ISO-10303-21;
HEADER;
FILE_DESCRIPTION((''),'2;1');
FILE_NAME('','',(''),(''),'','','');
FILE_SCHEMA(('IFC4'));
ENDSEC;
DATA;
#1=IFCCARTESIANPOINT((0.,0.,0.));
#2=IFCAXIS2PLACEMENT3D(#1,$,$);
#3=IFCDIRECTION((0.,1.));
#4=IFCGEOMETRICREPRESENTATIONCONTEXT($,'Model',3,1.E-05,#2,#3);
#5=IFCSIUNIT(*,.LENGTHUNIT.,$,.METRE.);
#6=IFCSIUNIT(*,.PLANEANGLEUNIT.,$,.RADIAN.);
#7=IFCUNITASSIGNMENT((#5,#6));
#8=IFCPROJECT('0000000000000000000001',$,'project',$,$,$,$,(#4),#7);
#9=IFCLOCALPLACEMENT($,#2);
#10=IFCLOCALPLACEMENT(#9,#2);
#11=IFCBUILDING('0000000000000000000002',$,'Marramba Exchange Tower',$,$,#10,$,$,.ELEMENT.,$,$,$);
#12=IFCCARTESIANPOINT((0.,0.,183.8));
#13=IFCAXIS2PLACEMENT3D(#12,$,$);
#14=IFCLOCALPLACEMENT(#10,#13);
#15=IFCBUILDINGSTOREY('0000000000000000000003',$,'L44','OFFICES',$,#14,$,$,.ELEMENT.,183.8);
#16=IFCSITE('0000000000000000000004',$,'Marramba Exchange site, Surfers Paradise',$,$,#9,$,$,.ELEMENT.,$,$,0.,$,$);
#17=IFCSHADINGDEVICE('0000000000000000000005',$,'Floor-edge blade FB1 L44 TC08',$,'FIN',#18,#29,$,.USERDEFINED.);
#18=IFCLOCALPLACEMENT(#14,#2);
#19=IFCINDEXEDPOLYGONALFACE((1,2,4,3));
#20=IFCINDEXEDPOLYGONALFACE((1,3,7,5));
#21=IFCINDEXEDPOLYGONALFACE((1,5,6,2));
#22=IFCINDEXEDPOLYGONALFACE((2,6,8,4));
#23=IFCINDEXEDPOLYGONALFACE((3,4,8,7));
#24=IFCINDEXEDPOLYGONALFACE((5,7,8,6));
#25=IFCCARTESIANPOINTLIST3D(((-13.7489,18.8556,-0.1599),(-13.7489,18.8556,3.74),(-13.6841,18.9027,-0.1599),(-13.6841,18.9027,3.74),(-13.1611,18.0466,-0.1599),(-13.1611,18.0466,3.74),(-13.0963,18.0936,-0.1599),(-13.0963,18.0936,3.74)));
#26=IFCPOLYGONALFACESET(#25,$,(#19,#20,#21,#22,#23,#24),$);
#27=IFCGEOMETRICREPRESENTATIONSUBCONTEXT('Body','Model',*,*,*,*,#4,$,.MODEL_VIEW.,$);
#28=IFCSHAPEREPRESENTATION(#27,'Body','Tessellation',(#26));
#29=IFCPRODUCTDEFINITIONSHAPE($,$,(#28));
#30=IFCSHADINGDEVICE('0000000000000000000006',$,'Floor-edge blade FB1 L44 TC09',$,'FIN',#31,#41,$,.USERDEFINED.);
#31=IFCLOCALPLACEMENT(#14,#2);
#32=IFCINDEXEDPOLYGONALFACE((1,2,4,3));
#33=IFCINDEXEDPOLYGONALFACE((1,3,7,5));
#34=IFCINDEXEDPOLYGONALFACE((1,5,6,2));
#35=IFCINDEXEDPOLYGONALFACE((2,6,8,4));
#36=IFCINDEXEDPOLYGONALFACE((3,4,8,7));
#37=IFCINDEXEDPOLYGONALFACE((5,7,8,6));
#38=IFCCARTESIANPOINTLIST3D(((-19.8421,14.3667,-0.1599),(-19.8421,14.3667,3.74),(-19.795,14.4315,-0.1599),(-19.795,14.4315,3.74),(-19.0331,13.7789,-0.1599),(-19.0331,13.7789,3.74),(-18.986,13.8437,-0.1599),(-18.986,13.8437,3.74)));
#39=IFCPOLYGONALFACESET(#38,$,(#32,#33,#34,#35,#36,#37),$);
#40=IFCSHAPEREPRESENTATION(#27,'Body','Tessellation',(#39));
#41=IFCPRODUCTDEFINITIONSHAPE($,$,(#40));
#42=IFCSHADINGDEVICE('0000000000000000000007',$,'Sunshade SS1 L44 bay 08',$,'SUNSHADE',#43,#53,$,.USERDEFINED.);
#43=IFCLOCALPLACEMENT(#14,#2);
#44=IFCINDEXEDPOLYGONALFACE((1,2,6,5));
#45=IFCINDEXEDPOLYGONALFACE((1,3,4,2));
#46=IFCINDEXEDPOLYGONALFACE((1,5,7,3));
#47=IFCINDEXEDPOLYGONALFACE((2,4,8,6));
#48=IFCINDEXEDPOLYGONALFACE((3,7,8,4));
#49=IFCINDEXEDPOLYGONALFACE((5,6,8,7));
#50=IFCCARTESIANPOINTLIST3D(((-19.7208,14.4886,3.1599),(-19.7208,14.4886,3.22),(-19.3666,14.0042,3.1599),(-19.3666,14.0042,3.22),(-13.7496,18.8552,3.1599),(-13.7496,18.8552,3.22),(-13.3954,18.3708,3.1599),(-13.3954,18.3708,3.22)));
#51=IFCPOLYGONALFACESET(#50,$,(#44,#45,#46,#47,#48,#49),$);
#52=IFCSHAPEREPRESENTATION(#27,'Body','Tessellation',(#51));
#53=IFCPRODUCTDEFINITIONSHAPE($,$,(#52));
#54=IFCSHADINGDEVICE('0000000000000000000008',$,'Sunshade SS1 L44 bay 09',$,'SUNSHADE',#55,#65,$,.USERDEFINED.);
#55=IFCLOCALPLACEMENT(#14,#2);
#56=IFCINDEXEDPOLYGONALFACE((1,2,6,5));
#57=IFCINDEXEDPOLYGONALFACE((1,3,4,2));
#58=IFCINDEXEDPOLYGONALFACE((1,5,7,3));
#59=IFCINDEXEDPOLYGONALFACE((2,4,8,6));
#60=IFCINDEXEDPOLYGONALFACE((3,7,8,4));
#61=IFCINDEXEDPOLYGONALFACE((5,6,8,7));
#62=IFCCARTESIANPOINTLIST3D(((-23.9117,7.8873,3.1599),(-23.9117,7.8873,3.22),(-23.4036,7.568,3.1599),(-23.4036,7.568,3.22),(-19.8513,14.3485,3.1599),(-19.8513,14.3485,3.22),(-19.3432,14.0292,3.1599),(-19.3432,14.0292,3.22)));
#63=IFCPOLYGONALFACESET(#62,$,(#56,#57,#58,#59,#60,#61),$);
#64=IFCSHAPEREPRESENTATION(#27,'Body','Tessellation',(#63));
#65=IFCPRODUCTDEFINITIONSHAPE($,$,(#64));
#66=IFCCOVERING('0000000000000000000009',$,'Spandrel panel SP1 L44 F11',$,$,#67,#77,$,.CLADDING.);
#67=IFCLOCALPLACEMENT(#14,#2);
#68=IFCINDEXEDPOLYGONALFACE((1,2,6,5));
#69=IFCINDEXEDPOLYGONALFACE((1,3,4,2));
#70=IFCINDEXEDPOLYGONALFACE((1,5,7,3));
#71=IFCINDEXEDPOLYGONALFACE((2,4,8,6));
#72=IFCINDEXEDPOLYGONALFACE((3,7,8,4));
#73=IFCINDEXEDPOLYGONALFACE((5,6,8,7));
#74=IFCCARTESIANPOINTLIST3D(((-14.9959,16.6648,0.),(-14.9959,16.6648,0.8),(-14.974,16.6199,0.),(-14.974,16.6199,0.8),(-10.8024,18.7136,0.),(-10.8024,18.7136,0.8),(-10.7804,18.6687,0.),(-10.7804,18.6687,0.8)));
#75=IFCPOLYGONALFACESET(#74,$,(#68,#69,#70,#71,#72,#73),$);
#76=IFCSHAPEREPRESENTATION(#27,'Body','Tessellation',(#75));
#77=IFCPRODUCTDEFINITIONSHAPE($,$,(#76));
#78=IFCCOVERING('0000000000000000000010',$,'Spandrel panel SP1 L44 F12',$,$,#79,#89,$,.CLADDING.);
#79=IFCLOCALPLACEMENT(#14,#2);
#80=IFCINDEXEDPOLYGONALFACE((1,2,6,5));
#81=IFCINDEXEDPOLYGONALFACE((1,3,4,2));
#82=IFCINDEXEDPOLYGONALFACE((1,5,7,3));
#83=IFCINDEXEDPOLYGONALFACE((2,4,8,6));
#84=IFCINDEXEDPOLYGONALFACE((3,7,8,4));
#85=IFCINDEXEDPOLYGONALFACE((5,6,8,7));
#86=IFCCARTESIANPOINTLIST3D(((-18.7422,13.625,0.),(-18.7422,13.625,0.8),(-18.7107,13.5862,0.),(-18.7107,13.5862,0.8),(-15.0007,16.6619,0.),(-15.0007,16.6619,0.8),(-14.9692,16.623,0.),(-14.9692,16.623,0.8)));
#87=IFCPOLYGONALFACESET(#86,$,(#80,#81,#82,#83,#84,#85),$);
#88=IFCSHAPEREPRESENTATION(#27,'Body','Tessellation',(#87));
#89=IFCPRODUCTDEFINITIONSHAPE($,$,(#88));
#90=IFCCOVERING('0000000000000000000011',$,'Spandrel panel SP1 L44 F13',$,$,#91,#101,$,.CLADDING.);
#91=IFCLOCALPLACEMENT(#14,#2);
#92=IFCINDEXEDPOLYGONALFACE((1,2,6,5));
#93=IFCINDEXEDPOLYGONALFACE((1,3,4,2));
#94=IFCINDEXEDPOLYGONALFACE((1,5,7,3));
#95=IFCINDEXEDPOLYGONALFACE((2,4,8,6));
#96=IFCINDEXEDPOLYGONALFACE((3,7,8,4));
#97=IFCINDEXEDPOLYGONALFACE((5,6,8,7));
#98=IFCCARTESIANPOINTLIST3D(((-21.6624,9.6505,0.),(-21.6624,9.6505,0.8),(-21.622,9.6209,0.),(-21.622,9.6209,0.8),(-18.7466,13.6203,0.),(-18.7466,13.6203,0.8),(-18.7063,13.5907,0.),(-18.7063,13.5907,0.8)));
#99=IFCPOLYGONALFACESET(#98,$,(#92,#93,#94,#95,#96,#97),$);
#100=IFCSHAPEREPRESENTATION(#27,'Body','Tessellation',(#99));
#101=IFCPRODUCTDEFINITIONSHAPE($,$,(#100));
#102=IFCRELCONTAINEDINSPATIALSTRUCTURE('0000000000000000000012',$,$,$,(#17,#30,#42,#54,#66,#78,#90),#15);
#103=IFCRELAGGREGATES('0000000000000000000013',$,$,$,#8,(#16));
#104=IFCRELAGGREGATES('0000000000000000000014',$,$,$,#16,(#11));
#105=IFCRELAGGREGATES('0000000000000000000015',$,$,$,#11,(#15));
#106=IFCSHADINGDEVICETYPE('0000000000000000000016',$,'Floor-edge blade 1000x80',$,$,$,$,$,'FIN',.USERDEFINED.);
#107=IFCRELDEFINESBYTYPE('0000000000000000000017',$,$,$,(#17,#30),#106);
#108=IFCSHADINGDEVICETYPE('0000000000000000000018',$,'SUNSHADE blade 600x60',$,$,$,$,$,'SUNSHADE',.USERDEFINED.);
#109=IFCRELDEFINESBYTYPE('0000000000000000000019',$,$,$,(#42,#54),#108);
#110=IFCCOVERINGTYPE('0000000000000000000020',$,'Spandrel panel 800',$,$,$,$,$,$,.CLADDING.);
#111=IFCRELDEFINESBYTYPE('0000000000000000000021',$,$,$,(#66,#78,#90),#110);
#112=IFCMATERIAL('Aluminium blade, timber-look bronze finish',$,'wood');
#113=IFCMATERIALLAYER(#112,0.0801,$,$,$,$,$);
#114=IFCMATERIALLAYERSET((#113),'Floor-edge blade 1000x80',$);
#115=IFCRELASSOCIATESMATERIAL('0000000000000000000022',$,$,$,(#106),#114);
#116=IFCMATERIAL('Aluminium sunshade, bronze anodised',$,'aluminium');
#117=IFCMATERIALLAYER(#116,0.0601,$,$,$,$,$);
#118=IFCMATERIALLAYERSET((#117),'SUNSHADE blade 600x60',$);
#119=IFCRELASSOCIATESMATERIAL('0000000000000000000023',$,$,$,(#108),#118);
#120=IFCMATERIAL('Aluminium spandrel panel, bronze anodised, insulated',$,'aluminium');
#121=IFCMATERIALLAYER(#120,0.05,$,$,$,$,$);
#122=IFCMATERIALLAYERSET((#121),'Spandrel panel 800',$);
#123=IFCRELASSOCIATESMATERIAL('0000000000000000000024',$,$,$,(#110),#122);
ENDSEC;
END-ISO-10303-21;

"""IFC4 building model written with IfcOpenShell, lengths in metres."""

from ifc_helpers import new_model, si_unit, direction, frame, origin, origin_2d, place, context, subcontext, project, spatial, rectangle, extrude, material, layer, layer_set, type_object, element, save


model = new_model("IFC4")

# Units and contexts
model_context = context("Model", 3, precision=1e-05, world=origin(), true_north=direction((0.0, 1.0)))
body_context = subcontext(model_context, "Body", "Model", "MODEL_VIEW")
ifc_project = project(units=[si_unit("LENGTHUNIT", "METRE"), si_unit("PLANEANGLEUNIT", "RADIAN")], contexts=[model_context])

# Site, building, storey
site_placement = place(None, origin())
site = spatial("IfcSite", under=ifc_project, at=site_placement, Name="Marramba Exchange site, Surfers Paradise", CompositionType="ELEMENT", RefElevation=0.0)
building_placement = place(site_placement, origin())
building = spatial("IfcBuilding", under=site, at=building_placement, Name="Marramba Exchange Tower", CompositionType="ELEMENT")
storey_placement = place(building_placement, frame((0.0, 0.0, 183.8)))
storey = spatial("IfcBuildingStorey", under=building, at=storey_placement, Name="L44", Description="OFFICES", CompositionType="ELEMENT", Elevation=183.8)

# Shading devices
ifc_material_1 = material(Name="Aluminium blade, timber-look bronze finish", Category="wood")
ifc_layer_1 = layer(ifc_material_1, 0.0801)
ifc_layer_set_1 = layer_set([ifc_layer_1], Name="Floor-edge blade 1000x80")
shading_device_type_1 = type_object("IfcShadingDeviceType", Name="Floor-edge blade 1000x80", ElementType="FIN", PredefinedType="USERDEFINED", material=ifc_layer_set_1)
for number, where, z_axis, x_axis, name in (
    (1, (-13.4226, 18.4746, -0.1599), (0.0, 0.0, 1.0), (-0.587785, 0.809017, 0.0), "Floor-edge blade FB1 L44 TC08"),
    (2, (-19.4141, 14.1052, -0.1599), (0.0, 0.0, 1.0), (-0.809017, 0.587785, 0.0), "Floor-edge blade FB1 L44 TC09"),
):
    element("IfcShadingDevice", number, at=place(storey_placement, frame(where, z_axis=z_axis, x_axis=x_axis)), inside=storey, type_object=shading_device_type_1, Name=name, ObjectType="FIN", PredefinedType="USERDEFINED", context=body_context, shape_type="SweptSolid", body=[
        extrude(rectangle(XDim=1.0, YDim=0.0801, at=origin_2d()), origin(), (0.0, 0.0, 1.0), 3.8999),
    ])
ifc_material_2 = material(Name="Aluminium sunshade, bronze anodised", Category="aluminium")
ifc_layer_2 = layer(ifc_material_2, 0.0601)
ifc_layer_set_2 = layer_set([ifc_layer_2], Name="SUNSHADE blade 600x60")
shading_device_type_2 = type_object("IfcShadingDeviceType", Name="SUNSHADE blade 600x60", ElementType="SUNSHADE", PredefinedType="USERDEFINED", material=ifc_layer_set_2)
shading_device_1_placement = place(storey_placement, frame((-16.5581, 16.4297, 3.1599), z_axis=(0.0, 0.0, 1.0), x_axis=(-0.807194, -0.590286, 0.0)))
element("IfcShadingDevice", 3, at=shading_device_1_placement, inside=storey, type_object=shading_device_type_2, Name="Sunshade SS1 L44 bay 08", ObjectType="SUNSHADE", PredefinedType="USERDEFINED", context=body_context, shape_type="SweptSolid", body=[
    extrude(rectangle(XDim=7.3975, YDim=0.6001, at=origin_2d()), origin(), (0.0, 0.0, 1.0), 0.0601),
])
shading_device_2_placement = place(storey_placement, frame((-21.6274, 10.9583, 3.1599), z_axis=(0.0, 0.0, 1.0), x_axis=(-0.532082, -0.846693, 0.0)))
element("IfcShadingDevice", 4, at=shading_device_2_placement, inside=storey, type_object=shading_device_type_2, Name="Sunshade SS1 L44 bay 09", ObjectType="SUNSHADE", PredefinedType="USERDEFINED", context=body_context, shape_type="SweptSolid", body=[
    extrude(rectangle(XDim=7.6311, YDim=0.6001, at=origin_2d()), origin(), (0.0, 0.0, 1.0), 0.0601),
])

# Coverings
ifc_material_3 = material(Name="Aluminium spandrel panel, bronze anodised, insulated", Category="aluminium")
ifc_layer_3 = layer(ifc_material_3, 0.05)
ifc_layer_set_3 = layer_set([ifc_layer_3], Name="Spandrel panel 800")
covering_type = type_object("IfcCoveringType", Name="Spandrel panel 800", PredefinedType="CLADDING", material=ifc_layer_set_3)
covering_1_placement = place(storey_placement, frame((-12.8882, 17.6667, 0.0), z_axis=(0.0, 0.0, 1.0), x_axis=(-0.898501, -0.438972, 0.0)))
element("IfcCovering", 5, at=covering_1_placement, inside=storey, type_object=covering_type, Name="Spandrel panel SP1 L44 F11", PredefinedType="CLADDING", context=body_context, shape_type="SweptSolid", body=[
    extrude(rectangle(XDim=4.6672, YDim=0.05, at=origin_2d()), origin(), (0.0, 0.0, 1.0), 0.8),
])
covering_2_placement = place(storey_placement, frame((-16.8557, 15.124, 0.0), z_axis=(0.0, 0.0, 1.0), x_axis=(-0.776432, -0.630201, 0.0)))
element("IfcCovering", 6, at=covering_2_placement, inside=storey, type_object=covering_type, Name="Spandrel panel SP1 L44 F12", PredefinedType="CLADDING", context=body_context, shape_type="SweptSolid", body=[
    extrude(rectangle(XDim=4.8188, YDim=0.05, at=origin_2d()), origin(), (0.0, 0.0, 1.0), 0.8),
])
covering_3_placement = place(storey_placement, frame((-20.1843, 11.6206, 0.0), z_axis=(0.0, 0.0, 1.0), x_axis=(-0.591963, -0.805965, 0.0)))
element("IfcCovering", 7, at=covering_3_placement, inside=storey, type_object=covering_type, Name="Spandrel panel SP1 L44 F13", PredefinedType="CLADDING", context=body_context, shape_type="SweptSolid", body=[
    extrude(rectangle(XDim=4.9255, YDim=0.05, at=origin_2d()), origin(), (0.0, 0.0, 1.0), 0.8),
])

save(model, "model.ifc")
